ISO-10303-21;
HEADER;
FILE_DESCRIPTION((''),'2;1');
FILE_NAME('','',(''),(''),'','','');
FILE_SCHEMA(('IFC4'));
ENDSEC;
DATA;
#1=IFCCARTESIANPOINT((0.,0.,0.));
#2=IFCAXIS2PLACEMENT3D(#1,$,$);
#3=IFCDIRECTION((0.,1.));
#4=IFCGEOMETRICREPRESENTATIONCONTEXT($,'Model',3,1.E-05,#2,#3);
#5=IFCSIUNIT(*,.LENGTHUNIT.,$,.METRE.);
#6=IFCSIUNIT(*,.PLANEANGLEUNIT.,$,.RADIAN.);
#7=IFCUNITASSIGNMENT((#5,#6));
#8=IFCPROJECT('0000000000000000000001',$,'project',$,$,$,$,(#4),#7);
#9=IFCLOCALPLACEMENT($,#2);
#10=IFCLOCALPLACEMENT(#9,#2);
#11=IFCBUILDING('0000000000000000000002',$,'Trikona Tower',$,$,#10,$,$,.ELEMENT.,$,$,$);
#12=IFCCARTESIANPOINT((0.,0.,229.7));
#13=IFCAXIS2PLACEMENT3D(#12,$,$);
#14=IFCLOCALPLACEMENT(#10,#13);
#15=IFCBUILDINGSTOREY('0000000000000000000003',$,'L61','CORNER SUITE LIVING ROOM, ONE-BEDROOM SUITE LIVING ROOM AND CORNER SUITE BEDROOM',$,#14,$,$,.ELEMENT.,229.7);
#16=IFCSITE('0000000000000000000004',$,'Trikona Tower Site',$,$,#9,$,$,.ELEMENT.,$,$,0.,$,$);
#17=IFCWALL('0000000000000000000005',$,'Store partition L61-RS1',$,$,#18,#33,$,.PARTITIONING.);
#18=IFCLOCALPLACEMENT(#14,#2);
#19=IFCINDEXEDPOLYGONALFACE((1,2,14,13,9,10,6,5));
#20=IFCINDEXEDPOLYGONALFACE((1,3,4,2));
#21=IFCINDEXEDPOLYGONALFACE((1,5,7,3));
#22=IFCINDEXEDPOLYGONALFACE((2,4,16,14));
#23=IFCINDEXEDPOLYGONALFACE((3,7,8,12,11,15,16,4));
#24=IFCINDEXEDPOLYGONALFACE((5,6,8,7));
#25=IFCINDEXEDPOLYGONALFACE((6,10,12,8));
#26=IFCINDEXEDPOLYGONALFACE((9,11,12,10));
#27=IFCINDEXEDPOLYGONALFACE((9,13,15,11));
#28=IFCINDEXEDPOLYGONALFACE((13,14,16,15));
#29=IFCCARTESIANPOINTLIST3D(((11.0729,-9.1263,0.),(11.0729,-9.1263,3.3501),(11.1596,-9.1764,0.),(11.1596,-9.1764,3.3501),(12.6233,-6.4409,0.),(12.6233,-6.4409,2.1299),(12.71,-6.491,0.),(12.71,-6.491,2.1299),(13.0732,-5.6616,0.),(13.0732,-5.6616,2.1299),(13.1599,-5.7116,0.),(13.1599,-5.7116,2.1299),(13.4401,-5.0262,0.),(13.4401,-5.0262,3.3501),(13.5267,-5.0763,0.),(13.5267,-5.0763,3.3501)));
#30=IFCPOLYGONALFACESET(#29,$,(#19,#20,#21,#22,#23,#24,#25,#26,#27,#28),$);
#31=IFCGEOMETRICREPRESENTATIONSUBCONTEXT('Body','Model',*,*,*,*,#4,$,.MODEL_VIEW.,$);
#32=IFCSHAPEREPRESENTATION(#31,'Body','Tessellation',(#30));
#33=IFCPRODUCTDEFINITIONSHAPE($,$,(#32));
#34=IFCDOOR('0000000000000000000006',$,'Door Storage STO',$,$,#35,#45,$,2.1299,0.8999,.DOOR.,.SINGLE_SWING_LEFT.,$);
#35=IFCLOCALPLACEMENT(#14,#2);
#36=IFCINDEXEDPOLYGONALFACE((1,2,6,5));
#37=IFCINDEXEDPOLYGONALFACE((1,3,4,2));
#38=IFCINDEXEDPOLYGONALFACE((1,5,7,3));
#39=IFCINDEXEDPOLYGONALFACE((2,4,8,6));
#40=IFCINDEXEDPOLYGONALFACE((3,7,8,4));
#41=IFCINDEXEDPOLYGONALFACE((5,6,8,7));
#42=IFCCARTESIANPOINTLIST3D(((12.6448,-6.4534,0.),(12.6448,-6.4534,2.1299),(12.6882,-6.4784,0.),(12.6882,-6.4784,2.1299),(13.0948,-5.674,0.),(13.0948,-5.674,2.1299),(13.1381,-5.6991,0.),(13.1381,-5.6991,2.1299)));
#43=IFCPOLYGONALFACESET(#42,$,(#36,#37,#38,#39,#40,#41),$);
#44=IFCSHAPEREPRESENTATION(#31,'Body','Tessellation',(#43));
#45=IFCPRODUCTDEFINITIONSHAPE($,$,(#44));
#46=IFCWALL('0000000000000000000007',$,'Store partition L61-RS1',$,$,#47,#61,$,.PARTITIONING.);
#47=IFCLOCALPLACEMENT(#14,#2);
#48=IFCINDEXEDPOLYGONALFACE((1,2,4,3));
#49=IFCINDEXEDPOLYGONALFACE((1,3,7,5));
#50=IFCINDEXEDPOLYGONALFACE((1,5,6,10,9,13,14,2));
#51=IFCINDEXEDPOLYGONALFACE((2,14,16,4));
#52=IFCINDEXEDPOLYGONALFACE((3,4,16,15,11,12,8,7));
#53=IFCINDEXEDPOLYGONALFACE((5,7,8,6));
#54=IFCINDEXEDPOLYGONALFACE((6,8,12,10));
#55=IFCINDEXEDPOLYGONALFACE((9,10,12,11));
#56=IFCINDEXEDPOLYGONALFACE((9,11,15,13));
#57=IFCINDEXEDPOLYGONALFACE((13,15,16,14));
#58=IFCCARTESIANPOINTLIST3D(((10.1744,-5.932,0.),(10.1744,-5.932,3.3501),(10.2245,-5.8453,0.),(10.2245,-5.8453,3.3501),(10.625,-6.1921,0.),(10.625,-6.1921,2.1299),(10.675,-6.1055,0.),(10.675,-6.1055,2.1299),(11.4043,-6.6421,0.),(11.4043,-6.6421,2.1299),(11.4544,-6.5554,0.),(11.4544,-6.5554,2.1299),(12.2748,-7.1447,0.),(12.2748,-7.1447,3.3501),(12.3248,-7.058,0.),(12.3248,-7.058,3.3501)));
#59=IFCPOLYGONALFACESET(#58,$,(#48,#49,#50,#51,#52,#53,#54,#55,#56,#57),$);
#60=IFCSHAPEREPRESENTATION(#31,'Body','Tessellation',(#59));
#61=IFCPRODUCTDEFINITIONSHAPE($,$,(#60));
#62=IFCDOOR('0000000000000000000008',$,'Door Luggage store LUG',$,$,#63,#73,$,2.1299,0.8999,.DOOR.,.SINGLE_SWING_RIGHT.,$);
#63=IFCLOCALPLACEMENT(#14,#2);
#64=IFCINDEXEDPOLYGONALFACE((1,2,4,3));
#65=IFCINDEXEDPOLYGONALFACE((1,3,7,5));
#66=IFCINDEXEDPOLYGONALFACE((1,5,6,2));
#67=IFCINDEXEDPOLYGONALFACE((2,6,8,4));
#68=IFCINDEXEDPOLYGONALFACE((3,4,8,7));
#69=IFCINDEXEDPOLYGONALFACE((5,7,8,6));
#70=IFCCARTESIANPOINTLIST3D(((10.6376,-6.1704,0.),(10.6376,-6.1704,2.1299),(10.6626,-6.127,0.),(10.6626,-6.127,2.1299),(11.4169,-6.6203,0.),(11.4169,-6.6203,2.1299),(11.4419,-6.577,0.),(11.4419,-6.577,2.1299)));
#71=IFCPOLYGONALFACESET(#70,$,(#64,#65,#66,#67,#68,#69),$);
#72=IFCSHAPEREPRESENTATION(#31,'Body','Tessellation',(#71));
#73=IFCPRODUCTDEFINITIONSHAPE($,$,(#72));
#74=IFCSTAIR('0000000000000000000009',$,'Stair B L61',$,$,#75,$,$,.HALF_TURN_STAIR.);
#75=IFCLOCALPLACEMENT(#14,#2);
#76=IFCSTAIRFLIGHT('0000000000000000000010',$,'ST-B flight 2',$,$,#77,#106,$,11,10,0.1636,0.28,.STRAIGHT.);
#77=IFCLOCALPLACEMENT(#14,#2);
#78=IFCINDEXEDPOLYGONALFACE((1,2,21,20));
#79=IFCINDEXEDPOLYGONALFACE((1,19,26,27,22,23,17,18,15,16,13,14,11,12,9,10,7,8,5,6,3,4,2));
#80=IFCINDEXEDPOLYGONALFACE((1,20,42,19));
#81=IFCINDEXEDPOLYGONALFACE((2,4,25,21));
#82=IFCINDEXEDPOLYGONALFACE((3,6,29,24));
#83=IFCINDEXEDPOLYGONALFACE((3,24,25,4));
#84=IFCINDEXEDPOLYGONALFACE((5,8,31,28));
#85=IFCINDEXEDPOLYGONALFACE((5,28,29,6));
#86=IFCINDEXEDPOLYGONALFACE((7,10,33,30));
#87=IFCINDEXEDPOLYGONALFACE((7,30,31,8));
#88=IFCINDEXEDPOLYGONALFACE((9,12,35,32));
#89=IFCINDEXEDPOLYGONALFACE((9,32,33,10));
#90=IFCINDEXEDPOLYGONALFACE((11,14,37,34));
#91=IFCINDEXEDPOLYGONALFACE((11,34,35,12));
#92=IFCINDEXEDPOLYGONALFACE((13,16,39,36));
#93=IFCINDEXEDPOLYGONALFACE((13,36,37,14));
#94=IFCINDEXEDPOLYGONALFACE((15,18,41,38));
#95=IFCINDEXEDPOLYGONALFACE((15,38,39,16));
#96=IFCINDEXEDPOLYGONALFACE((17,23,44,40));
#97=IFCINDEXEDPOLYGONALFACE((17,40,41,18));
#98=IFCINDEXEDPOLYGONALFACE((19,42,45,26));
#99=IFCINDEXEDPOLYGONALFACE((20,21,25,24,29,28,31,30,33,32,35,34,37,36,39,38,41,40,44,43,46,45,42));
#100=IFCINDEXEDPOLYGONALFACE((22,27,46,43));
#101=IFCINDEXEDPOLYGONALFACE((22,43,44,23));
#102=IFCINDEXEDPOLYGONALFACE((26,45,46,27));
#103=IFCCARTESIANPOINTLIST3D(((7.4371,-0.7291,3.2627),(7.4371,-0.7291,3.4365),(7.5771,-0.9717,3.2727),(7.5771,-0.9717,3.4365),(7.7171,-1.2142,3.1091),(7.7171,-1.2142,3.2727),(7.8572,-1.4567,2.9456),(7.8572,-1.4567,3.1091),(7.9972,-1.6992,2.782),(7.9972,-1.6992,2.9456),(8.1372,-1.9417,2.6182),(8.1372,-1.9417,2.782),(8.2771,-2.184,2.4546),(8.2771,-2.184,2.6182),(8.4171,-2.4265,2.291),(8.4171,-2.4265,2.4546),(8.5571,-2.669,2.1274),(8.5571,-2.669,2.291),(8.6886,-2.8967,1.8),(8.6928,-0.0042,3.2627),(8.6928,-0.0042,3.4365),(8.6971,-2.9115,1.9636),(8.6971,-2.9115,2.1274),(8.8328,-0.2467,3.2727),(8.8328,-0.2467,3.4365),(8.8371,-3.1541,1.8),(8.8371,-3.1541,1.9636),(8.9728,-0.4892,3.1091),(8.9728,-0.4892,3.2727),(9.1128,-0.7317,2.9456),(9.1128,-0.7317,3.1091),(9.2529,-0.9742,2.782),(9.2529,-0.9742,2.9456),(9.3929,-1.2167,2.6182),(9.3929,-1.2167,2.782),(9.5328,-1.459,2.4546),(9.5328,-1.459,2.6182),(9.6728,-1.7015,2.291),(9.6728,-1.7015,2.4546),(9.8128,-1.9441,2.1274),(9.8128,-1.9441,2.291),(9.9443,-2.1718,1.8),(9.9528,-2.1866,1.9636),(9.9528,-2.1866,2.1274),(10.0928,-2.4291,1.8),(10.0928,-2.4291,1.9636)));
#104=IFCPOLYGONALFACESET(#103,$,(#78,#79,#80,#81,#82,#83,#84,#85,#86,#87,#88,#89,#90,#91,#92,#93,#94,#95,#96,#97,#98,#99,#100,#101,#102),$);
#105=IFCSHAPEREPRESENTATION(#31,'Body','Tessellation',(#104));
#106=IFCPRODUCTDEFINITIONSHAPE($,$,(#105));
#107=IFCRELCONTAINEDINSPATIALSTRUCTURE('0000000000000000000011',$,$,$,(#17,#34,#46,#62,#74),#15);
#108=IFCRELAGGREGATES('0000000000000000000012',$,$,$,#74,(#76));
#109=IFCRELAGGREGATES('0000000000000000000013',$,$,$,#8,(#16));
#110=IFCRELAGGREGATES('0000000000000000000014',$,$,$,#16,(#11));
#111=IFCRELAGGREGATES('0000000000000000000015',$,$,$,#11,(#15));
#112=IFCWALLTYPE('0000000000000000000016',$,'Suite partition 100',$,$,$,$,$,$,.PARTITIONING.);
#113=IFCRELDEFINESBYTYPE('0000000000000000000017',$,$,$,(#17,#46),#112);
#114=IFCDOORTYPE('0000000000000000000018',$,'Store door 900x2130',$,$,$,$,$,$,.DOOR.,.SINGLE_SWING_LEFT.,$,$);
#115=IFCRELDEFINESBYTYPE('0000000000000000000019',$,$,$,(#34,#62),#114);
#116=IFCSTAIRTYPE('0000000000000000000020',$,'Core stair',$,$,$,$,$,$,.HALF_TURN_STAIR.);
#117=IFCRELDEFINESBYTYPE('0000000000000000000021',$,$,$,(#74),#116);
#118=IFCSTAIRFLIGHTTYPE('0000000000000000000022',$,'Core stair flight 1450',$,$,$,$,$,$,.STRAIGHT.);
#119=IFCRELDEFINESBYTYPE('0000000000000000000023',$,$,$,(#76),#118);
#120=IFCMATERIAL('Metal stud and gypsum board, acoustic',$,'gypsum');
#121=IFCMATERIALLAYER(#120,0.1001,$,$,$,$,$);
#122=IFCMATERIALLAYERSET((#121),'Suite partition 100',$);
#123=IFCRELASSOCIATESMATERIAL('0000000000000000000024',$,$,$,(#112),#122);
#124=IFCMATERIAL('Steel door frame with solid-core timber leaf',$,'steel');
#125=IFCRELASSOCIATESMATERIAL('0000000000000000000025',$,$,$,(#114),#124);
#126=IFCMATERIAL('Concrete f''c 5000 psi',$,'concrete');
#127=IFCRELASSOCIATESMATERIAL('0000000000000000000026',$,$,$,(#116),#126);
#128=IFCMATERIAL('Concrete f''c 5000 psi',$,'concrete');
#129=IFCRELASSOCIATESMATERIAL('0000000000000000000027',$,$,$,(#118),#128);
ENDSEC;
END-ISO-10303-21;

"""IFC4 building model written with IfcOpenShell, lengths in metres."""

from ifc_helpers import new_model, si_unit, direction, frame, frame_2d, origin, place, context, subcontext, project, spatial, polyline, rectangle, outline, extrude, material, layer, layer_set, type_object, element, fill, aggregate, save


model = new_model("IFC4")

# Units and contexts
model_context = context("Model", 3, precision=1e-05, world=origin(), true_north=direction((0.0, 1.0)))
body_context = subcontext(model_context, "Body", "Model", "MODEL_VIEW")
ifc_project = project(units=[si_unit("LENGTHUNIT", "METRE"), si_unit("PLANEANGLEUNIT", "RADIAN")], contexts=[model_context])

# Site, building, storey
site_placement = place(None, origin())
site = spatial("IfcSite", under=ifc_project, at=site_placement, Name="Trikona Tower Site", CompositionType="ELEMENT", RefElevation=0.0)
building_placement = place(site_placement, origin())
building = spatial("IfcBuilding", under=site, at=building_placement, Name="Trikona Tower", CompositionType="ELEMENT")
storey_placement = place(building_placement, frame((0.0, 0.0, 229.7)))
storey = spatial("IfcBuildingStorey", under=building, at=storey_placement, Name="L61", Description="CORNER SUITE LIVING ROOM, ONE-BEDROOM SUITE LIVING ROOM AND CORNER SUITE BEDROOM", CompositionType="ELEMENT", Elevation=229.7)

# Walls, openings, doors
ifc_material_1 = material(Name="Metal stud and gypsum board, acoustic", Category="gypsum")
ifc_layer_1 = layer(ifc_material_1, 0.1001)
ifc_layer_set_1 = layer_set([ifc_layer_1], Name="Suite partition 100")
wall_type_1 = type_object("IfcWallType", Name="Suite partition 100", PredefinedType="PARTITIONING", material=ifc_layer_set_1)
wall_1_placement = place(storey_placement, frame((13.4834, -5.0513, 0.0), z_axis=(0.0, 0.0, 1.0), x_axis=(-0.499999, -0.866026, 0.0)))
wall_1 = element("IfcWall", 1, at=wall_1_placement, inside=storey, type_object=wall_type_1, Name="Store partition L61-RS1", PredefinedType="PARTITIONING", context=body_context, shape_type="SweptSolid", body=[
    extrude(rectangle(XDim=4.7344, YDim=0.1001, at=frame_2d((2.3672, 0.0))), origin(), (0.0, 0.0, 1.0), 3.3501),
])
opening_1_placement = place(wall_1_placement, frame((0.7336, 0.0, 0.0)))
opening_1 = element("IfcOpeningElement", 2, at=opening_1_placement, cuts=wall_1, PredefinedType="OPENING", context=body_context, shape_type="SweptSolid", body=[
    extrude(rectangle(XDim=0.8999, YDim=2.1299, at=frame_2d((0.45, 1.0649))), frame((0.0, 0.0601, 0.0), z_axis=(0.0, -1.0, 0.0), x_axis=(1.0, 0.0, 0.0)), (0.0, 0.0, 1.0), 0.1201),
])
ifc_material_2 = material(Name="Steel door frame with solid-core timber leaf", Category="steel")
door_type_1 = type_object("IfcDoorType", Name="Store door 900x2130", OperationType="SINGLE_SWING_LEFT", PredefinedType="DOOR", material=ifc_material_2)
door_1_placement = place(opening_1_placement, origin())
door_1 = element("IfcDoor", 3, at=door_1_placement, inside=storey, type_object=door_type_1, Name="Door Storage STO", OperationType="SINGLE_SWING_LEFT", OverallHeight=2.1299, OverallWidth=0.8999, PredefinedType="DOOR", context=body_context, shape_type="SweptSolid", body=[
    extrude(rectangle(XDim=0.8999, YDim=2.1299, at=frame_2d((0.45, 1.0649))), frame((0.0, 0.0249, 0.0), z_axis=(0.0, -1.0, 0.0), x_axis=(1.0, 0.0, 0.0)), (0.0, 0.0, 1.0), 0.05),
])
fill(opening_1, door_1)
wall_2_placement = place(storey_placement, frame((12.2998, -7.1013, 0.0), z_axis=(0.0, 0.0, 1.0), x_axis=(-0.866023, 0.500004, 0.0)))
wall_2 = element("IfcWall", 4, at=wall_2_placement, inside=storey, type_object=wall_type_1, Name="Store partition L61-RS1", PredefinedType="PARTITIONING", context=body_context, shape_type="SweptSolid", body=[
    extrude(rectangle(XDim=2.4253, YDim=0.1001, at=frame_2d((1.2126, 0.0))), origin(), (0.0, 0.0, 1.0), 3.3501),
])
opening_2_placement = place(wall_2_placement, frame((1.0051, 0.0, 0.0)))
opening_2 = element("IfcOpeningElement", 5, at=opening_2_placement, cuts=wall_2, PredefinedType="OPENING", context=body_context, shape_type="SweptSolid", body=[
    extrude(rectangle(XDim=0.8999, YDim=2.1299, at=frame_2d((0.45, 1.0649))), frame((0.0, 0.0601, 0.0), z_axis=(0.0, -1.0, 0.0), x_axis=(1.0, 0.0, 0.0)), (0.0, 0.0, 1.0), 0.1201),
])
door_2_placement = place(opening_2_placement, origin())
door_2 = element("IfcDoor", 6, at=door_2_placement, inside=storey, type_object=door_type_1, Name="Door Luggage store LUG", OperationType="SINGLE_SWING_RIGHT", OverallHeight=2.1299, OverallWidth=0.8999, PredefinedType="DOOR", context=body_context, shape_type="SweptSolid", body=[
    extrude(rectangle(XDim=0.8999, YDim=2.1299, at=frame_2d((0.45, 1.0649))), frame((0.0, 0.0249, 0.0), z_axis=(0.0, -1.0, 0.0), x_axis=(1.0, 0.0, 0.0)), (0.0, 0.0, 1.0), 0.05),
])
fill(opening_2, door_2)

# Stair, stair flight
ifc_material_3 = material(Name="Concrete f'c 5000 psi", Category="concrete")
stair_type = type_object("IfcStairType", Name="Core stair", PredefinedType="HALF_TURN_STAIR", material=ifc_material_3)
stair_placement = place(storey_placement, origin())
stair = element("IfcStair", 7, at=stair_placement, inside=storey, type_object=stair_type, Name="Stair B L61", PredefinedType="HALF_TURN_STAIR")
ifc_material_4 = material(Name="Concrete f'c 5000 psi", Category="concrete")
stair_flight_type = type_object("IfcStairFlightType", Name="Core stair flight 1450", PredefinedType="STRAIGHT", material=ifc_material_4)
stair_flight_placement = place(storey_placement, frame((9.4651, -2.7915, 1.8), z_axis=(0.0, 0.0, 1.0), x_axis=(-0.5, 0.866025, 0.0)))
stair_flight = element("IfcStairFlight", 8, at=stair_flight_placement, type_object=stair_flight_type, Name="ST-B flight 2", NumberOfRisers=11, NumberOfTreads=10, PredefinedType="STRAIGHT", RiserHeight=0.1636, TreadLength=0.28, context=body_context, shape_type="SweptSolid", body=[
    extrude(outline(polyline([(0.0, 0.0), (0.0, 0.1636), (0.28, 0.1636), (0.28, 0.3274), (0.5601, 0.3274), (0.5601, 0.491), (0.8401, 0.491), (0.8401, 0.6545), (1.1201, 0.6545), (1.1201, 0.8181), (1.3999, 0.8181), (1.3999, 0.9819), (1.6799, 0.9819), (1.6799, 1.1455), (1.96, 1.1455), (1.96, 1.3091), (2.24, 1.3091), (2.24, 1.4727), (2.52, 1.4727), (2.52, 1.6365), (2.8, 1.6365), (2.8, 1.8), (2.8, 1.4626), (0.2971, 0.0), (0.0, 0.0)])), frame((0.0, 0.7251, 0.0), z_axis=(0.0, -1.0, 0.0), x_axis=(1.0, 0.0, 0.0)), (0.0, 0.0, 1.0), 1.45),
])
aggregate(stair, [stair_flight])

save(model, "model.ifc")
